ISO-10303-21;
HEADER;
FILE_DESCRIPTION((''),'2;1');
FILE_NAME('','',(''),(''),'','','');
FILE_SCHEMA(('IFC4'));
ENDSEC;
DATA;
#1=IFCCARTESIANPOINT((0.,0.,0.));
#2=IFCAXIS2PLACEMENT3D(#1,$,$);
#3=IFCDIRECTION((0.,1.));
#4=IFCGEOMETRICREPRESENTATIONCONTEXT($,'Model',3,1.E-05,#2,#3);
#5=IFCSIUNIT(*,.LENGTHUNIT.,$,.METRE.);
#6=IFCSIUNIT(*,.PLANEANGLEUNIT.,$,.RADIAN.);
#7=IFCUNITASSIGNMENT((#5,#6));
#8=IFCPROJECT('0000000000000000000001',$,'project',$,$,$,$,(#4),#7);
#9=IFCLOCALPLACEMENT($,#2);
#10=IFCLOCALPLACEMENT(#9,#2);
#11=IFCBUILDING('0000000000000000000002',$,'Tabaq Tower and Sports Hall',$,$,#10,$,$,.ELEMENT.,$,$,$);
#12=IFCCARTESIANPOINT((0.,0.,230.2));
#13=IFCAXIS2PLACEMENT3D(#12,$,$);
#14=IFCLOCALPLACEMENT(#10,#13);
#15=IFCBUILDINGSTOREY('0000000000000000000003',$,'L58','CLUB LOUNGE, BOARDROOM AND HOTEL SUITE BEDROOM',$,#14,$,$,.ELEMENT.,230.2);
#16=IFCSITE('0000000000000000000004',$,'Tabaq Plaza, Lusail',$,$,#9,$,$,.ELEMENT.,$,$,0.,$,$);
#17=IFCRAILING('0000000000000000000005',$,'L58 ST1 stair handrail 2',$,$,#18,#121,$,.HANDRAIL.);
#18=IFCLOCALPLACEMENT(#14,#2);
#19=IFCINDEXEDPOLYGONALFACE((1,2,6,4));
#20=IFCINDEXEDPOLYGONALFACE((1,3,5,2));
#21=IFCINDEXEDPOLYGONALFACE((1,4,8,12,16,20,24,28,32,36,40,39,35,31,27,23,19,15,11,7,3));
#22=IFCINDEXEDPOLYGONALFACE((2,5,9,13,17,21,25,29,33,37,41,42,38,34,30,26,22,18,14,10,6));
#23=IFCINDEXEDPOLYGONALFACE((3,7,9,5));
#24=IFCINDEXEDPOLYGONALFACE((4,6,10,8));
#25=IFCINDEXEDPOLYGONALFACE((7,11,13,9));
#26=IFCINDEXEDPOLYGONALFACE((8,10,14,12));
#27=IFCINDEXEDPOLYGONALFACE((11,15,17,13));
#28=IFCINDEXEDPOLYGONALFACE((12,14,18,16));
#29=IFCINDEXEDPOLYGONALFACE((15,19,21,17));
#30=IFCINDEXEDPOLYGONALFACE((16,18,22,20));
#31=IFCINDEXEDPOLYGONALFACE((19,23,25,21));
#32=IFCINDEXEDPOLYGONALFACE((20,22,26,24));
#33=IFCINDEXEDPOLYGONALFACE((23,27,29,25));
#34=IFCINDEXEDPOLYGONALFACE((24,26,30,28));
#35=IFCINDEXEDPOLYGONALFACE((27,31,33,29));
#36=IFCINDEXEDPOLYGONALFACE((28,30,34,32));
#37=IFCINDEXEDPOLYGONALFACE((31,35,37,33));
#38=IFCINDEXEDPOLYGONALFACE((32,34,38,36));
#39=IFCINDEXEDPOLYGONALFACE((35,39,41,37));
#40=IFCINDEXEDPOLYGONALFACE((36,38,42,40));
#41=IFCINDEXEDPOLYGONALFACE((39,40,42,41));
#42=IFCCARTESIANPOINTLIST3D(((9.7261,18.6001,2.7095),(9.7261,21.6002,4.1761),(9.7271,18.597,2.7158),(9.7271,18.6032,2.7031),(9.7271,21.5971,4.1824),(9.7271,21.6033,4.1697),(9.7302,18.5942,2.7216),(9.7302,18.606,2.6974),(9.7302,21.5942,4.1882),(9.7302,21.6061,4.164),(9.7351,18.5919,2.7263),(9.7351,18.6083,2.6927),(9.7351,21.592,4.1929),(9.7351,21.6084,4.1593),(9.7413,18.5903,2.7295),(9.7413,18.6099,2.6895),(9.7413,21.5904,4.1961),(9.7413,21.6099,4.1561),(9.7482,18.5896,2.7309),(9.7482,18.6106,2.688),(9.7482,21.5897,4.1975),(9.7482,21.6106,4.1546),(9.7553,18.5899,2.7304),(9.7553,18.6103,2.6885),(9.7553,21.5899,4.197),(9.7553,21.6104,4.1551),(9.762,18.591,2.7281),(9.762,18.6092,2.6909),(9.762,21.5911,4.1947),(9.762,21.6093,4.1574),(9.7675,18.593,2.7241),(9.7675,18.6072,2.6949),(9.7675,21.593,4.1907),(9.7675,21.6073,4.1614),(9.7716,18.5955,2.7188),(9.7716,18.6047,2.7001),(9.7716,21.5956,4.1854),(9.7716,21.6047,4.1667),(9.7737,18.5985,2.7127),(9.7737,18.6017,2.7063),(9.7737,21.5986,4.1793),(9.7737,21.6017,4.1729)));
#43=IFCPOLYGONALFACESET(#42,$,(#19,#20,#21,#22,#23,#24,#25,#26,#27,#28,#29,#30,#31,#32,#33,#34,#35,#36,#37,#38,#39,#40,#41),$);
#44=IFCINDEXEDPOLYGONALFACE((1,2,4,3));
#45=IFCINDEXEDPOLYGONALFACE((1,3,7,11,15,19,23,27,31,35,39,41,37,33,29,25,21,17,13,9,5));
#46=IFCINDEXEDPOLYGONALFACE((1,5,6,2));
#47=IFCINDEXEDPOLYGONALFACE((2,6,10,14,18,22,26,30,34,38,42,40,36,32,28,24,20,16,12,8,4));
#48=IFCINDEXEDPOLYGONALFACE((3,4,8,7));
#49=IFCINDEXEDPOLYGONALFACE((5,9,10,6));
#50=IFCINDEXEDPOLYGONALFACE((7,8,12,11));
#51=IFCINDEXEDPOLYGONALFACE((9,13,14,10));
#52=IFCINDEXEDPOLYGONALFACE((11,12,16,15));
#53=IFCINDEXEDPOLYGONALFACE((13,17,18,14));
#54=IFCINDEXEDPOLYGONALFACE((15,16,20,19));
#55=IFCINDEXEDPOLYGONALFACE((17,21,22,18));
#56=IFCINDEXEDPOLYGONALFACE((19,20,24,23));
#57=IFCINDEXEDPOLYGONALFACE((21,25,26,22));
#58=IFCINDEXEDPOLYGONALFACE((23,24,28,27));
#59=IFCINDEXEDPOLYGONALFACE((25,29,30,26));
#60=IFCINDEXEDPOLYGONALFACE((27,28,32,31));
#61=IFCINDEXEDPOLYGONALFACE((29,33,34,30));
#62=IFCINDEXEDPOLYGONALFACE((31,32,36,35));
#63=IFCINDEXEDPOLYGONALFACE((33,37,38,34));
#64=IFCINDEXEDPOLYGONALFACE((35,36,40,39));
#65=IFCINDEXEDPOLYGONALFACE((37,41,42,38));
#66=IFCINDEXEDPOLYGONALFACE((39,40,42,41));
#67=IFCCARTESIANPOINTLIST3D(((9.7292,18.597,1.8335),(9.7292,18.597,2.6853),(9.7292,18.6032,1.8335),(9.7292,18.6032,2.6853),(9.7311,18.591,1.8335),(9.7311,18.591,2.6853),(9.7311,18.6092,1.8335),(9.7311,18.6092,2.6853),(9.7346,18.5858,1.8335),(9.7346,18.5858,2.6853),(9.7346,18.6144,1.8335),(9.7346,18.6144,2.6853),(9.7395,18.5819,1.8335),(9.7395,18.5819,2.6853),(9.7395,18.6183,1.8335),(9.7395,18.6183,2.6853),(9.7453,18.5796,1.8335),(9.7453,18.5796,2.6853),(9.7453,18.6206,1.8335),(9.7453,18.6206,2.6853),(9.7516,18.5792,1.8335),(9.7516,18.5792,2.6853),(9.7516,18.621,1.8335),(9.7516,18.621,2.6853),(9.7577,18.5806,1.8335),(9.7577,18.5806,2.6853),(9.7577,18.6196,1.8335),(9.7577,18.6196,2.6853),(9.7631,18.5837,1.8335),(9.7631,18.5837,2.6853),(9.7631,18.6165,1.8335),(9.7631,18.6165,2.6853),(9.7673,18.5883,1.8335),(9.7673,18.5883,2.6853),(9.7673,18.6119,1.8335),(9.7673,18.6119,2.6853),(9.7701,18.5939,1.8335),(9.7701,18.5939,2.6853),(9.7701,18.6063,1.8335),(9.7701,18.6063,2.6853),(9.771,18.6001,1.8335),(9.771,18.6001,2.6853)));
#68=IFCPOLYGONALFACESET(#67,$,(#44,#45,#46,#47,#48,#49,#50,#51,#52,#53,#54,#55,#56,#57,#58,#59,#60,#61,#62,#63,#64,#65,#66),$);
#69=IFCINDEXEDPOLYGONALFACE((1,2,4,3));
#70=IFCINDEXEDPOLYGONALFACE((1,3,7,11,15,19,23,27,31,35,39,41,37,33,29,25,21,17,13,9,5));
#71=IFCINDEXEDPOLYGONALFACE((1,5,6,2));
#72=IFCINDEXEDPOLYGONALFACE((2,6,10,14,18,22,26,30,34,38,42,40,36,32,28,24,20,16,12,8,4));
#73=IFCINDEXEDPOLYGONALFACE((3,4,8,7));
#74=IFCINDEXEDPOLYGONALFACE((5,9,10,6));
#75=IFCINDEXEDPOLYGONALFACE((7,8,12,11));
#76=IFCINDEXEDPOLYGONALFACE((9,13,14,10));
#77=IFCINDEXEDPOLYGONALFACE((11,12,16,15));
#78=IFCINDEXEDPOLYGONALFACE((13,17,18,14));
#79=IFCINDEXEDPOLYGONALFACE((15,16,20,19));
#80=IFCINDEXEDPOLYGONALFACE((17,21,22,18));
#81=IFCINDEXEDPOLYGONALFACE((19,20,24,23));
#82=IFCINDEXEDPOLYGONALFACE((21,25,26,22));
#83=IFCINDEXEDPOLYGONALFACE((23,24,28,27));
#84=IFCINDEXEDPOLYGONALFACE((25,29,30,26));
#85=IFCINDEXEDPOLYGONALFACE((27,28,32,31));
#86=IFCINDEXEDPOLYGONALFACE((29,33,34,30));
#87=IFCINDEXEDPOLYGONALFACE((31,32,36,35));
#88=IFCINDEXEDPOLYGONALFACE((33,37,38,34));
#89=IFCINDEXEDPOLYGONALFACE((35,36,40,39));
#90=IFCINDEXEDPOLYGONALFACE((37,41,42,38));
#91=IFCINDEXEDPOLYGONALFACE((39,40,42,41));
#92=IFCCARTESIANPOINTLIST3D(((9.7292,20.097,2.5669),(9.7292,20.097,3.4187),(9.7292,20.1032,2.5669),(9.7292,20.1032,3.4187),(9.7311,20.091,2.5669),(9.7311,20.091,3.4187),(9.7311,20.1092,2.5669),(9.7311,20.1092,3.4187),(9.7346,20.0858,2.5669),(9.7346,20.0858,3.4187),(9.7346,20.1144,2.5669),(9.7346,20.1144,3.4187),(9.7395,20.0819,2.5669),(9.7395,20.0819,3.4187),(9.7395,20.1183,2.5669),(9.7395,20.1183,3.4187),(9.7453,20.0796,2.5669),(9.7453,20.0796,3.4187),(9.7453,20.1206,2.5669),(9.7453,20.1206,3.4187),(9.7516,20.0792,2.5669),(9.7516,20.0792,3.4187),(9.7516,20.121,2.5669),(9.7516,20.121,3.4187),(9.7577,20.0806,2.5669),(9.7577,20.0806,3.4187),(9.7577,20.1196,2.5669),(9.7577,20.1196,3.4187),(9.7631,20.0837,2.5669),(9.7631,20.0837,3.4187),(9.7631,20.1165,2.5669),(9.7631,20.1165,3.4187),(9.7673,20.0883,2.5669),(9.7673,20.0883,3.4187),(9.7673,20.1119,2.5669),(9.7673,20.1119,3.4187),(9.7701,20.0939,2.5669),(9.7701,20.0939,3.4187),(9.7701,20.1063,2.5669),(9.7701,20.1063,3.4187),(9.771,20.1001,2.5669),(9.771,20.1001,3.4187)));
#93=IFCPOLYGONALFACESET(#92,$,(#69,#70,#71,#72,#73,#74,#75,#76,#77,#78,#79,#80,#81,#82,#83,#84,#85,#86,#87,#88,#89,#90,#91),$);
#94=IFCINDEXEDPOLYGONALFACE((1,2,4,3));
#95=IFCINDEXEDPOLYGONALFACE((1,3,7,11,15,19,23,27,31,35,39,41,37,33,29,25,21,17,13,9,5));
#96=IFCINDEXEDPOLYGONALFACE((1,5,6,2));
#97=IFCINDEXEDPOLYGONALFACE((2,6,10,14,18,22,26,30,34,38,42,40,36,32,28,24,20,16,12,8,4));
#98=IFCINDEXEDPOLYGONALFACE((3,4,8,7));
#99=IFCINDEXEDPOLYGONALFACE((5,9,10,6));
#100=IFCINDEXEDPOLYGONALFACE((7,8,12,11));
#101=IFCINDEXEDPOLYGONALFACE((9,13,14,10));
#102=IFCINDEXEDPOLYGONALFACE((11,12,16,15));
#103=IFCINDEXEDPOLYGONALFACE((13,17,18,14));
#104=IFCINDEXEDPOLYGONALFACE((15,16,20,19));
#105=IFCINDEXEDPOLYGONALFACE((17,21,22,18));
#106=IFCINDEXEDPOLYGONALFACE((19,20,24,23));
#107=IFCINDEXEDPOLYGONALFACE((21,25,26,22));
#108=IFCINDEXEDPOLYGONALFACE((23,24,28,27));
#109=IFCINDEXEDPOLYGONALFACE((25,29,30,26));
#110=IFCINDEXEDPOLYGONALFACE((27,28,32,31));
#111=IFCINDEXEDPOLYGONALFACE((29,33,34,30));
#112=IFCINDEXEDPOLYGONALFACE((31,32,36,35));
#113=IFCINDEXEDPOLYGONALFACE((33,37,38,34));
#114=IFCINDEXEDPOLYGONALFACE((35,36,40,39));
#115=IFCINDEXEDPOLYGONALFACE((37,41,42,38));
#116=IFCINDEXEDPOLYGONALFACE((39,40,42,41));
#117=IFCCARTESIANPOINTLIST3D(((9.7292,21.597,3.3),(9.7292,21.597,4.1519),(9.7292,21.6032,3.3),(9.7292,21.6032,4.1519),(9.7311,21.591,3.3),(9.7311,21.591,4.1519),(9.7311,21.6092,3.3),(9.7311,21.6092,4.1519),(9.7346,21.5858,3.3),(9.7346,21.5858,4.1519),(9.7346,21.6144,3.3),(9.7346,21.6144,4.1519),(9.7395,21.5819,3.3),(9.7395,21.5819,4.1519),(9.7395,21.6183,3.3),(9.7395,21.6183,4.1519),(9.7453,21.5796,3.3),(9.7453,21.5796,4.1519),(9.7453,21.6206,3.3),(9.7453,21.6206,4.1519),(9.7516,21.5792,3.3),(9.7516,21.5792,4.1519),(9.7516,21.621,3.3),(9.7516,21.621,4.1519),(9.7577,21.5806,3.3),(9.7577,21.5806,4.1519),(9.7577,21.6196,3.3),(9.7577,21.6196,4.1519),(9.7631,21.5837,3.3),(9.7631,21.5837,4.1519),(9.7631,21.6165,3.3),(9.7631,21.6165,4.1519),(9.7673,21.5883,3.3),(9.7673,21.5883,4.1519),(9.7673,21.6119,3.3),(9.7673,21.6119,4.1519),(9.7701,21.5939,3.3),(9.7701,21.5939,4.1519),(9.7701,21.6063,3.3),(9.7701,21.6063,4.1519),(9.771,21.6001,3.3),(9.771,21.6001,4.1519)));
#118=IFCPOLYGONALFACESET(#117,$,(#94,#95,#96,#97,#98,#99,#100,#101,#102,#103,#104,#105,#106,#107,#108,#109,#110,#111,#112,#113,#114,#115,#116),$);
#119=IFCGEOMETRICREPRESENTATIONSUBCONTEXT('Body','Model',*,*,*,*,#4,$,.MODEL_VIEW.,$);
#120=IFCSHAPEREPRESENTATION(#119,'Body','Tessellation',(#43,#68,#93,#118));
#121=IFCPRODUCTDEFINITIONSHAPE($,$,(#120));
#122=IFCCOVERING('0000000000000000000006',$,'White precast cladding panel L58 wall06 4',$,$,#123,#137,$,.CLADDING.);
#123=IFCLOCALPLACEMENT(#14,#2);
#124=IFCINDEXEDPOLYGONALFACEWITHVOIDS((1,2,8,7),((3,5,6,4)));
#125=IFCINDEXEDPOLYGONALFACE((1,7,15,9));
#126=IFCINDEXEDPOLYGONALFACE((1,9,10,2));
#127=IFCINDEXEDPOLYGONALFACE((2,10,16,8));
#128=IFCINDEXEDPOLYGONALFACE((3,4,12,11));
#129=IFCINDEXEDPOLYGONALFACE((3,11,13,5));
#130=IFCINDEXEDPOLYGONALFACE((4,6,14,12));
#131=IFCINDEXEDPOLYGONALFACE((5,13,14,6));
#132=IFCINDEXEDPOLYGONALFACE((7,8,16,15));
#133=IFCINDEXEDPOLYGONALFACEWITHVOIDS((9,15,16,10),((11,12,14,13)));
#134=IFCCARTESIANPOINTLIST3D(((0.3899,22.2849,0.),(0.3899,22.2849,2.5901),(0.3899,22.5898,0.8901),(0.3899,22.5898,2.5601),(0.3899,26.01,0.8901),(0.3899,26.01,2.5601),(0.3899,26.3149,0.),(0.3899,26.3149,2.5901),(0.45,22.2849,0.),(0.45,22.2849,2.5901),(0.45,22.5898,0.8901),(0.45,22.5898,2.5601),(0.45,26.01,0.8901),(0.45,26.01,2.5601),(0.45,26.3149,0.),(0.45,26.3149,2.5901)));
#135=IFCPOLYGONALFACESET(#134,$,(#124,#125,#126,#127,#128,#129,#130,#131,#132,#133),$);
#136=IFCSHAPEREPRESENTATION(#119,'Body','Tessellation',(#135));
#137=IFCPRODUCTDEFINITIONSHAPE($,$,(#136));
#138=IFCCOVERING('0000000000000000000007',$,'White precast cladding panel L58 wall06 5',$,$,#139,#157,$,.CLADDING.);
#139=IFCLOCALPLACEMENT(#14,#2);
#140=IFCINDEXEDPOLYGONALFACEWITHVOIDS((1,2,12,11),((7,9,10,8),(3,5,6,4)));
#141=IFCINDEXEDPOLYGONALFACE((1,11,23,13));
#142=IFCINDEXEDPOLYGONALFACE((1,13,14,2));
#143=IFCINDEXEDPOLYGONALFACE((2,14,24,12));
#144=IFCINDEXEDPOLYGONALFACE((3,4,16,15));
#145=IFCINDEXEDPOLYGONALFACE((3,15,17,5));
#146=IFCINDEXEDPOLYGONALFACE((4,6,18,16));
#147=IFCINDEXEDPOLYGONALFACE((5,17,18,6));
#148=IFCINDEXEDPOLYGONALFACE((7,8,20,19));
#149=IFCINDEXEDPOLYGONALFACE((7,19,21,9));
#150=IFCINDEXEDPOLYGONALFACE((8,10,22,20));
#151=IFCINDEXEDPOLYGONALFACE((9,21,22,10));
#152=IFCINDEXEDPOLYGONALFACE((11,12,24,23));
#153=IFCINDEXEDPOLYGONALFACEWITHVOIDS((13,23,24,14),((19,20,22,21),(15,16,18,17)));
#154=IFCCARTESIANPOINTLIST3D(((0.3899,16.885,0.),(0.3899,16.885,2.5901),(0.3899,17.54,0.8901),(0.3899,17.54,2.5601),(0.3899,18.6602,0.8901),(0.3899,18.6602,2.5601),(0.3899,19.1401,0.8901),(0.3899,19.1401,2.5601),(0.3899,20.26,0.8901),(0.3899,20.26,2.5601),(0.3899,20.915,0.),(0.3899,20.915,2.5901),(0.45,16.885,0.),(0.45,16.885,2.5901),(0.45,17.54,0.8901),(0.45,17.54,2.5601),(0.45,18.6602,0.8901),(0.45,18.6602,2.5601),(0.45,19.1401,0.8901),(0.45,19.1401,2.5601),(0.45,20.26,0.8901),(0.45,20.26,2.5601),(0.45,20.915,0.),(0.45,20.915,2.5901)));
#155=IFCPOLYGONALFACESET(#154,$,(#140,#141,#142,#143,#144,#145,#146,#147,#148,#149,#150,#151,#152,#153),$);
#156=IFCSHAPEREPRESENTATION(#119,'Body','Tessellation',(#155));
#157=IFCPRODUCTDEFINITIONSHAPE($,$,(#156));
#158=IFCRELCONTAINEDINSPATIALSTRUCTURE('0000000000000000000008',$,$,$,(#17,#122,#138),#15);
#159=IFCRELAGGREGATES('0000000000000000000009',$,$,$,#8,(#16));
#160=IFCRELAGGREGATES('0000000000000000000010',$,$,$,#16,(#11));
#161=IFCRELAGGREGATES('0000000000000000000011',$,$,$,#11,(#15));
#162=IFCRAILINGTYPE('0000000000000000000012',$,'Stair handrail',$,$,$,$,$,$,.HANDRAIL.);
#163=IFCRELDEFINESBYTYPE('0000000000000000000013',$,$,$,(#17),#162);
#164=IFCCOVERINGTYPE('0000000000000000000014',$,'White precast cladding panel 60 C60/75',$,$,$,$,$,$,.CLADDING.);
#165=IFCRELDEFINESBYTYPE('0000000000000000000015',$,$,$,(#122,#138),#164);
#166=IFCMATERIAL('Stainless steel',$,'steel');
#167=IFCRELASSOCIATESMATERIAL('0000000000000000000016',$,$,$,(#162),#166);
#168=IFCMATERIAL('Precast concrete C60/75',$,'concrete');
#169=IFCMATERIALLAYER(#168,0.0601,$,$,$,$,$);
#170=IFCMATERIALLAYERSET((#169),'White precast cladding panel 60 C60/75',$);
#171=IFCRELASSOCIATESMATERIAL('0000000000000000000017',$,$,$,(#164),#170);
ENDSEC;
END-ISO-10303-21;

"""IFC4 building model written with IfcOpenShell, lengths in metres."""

from ifc_helpers import new_model, si_unit, direction, frame, origin, origin_2d, place, context, subcontext, project, spatial, polyline, circle, outline, extrude, material, layer, layer_set, type_object, element, save


model = new_model("IFC4")

# Units and contexts
model_context = context("Model", 3, precision=1e-05, world=origin(), true_north=direction((0.0, 1.0)))
body_context = subcontext(model_context, "Body", "Model", "MODEL_VIEW")
ifc_project = project(units=[si_unit("LENGTHUNIT", "METRE"), si_unit("PLANEANGLEUNIT", "RADIAN")], contexts=[model_context])

# Site, building, storey
site_placement = place(None, origin())
site = spatial("IfcSite", under=ifc_project, at=site_placement, Name="Tabaq Plaza, Lusail", CompositionType="ELEMENT", RefElevation=0.0)
building_placement = place(site_placement, origin())
building = spatial("IfcBuilding", under=site, at=building_placement, Name="Tabaq Tower and Sports Hall", CompositionType="ELEMENT")
storey_placement = place(building_placement, frame((0.0, 0.0, 230.2)))
storey = spatial("IfcBuildingStorey", under=building, at=storey_placement, Name="L58", Description="CLUB LOUNGE, BOARDROOM AND HOTEL SUITE BEDROOM", CompositionType="ELEMENT", Elevation=230.2)

# Railing
ifc_material_1 = material(Name="Stainless steel", Category="steel")
railing_type_1 = type_object("IfcRailingType", Name="Stair handrail", PredefinedType="HANDRAIL", material=ifc_material_1)
railing_1_placement = place(storey_placement, frame((9.75, 18.6001, 1.8335)))
element("IfcRailing", 1, at=railing_1_placement, inside=storey, type_object=railing_type_1, Name="L58 ST1 stair handrail 2", PredefinedType="HANDRAIL", context=body_context, shape_type="SweptSolid", body=[
    extrude(circle(Radius=0.0239, at=origin_2d()), frame((0.0, 0.0, 0.876), z_axis=(0.0, 0.898398, 0.439183), x_axis=(-1.0, 0.0, 0.0)), (0.0, 0.0, 1.0), 3.3394),
    extrude(circle(Radius=0.021, at=origin_2d()), origin(), (0.0, 0.0, 1.0), 0.8518),
    extrude(circle(Radius=0.021, at=origin_2d()), frame((0.0, 1.5, 0.7334)), (0.0, 0.0, 1.0), 0.8518),
    extrude(circle(Radius=0.021, at=origin_2d()), frame((0.0, 3.0, 1.4666)), (0.0, 0.0, 1.0), 0.8518),
])

# Coverings
ifc_material_2 = material(Name="Precast concrete C60/75", Category="concrete")
ifc_layer_1 = layer(ifc_material_2, 0.0601)
ifc_layer_set_1 = layer_set([ifc_layer_1], Name="White precast cladding panel 60 C60/75")
covering_type_1 = type_object("IfcCoveringType", Name="White precast cladding panel 60 C60/75", PredefinedType="CLADDING", material=ifc_layer_set_1)
covering_1_placement = place(storey_placement, frame((0.4199, 26.3149, 0.0), z_axis=(0.0, 0.0, 1.0), x_axis=(0.0, -1.0, 0.0)))
element("IfcCovering", 2, at=covering_1_placement, inside=storey, type_object=covering_type_1, Name="White precast cladding panel L58 wall06 4", PredefinedType="CLADDING", context=body_context, shape_type="SweptSolid", body=[
    extrude(outline(polyline([(0.0, 0.0), (4.03, 0.0), (4.03, 2.5901), (0.0, 2.5901), (0.0, 0.0)]), holes=[polyline([(3.7251, 0.8901), (0.3049, 0.8901), (0.3049, 2.5601), (3.7251, 2.5601), (3.7251, 0.8901)])]), frame((0.0, 0.03, 0.0), z_axis=(0.0, -1.0, 0.0), x_axis=(1.0, 0.0, 0.0)), (0.0, 0.0, 1.0), 0.0601),
])
covering_2_placement = place(storey_placement, frame((0.4199, 20.915, 0.0), z_axis=(0.0, 0.0, 1.0), x_axis=(0.0, -1.0, 0.0)))
element("IfcCovering", 3, at=covering_2_placement, inside=storey, type_object=covering_type_1, Name="White precast cladding panel L58 wall06 5", PredefinedType="CLADDING", context=body_context, shape_type="SweptSolid", body=[
    extrude(outline(polyline([(0.0, 0.0), (4.03, 0.0), (4.03, 2.5901), (0.0, 2.5901), (0.0, 0.0)]), holes=[polyline([(0.655, 0.8901), (0.655, 2.5601), (1.7749, 2.5601), (1.7749, 0.8901), (0.655, 0.8901)]), polyline([(2.2549, 0.8901), (2.2549, 2.5601), (3.375, 2.5601), (3.375, 0.8901), (2.2549, 0.8901)])]), frame((0.0, 0.03, 0.0), z_axis=(0.0, -1.0, 0.0), x_axis=(1.0, 0.0, 0.0)), (0.0, 0.0, 1.0), 0.0601),
])

save(model, "model.ifc")
